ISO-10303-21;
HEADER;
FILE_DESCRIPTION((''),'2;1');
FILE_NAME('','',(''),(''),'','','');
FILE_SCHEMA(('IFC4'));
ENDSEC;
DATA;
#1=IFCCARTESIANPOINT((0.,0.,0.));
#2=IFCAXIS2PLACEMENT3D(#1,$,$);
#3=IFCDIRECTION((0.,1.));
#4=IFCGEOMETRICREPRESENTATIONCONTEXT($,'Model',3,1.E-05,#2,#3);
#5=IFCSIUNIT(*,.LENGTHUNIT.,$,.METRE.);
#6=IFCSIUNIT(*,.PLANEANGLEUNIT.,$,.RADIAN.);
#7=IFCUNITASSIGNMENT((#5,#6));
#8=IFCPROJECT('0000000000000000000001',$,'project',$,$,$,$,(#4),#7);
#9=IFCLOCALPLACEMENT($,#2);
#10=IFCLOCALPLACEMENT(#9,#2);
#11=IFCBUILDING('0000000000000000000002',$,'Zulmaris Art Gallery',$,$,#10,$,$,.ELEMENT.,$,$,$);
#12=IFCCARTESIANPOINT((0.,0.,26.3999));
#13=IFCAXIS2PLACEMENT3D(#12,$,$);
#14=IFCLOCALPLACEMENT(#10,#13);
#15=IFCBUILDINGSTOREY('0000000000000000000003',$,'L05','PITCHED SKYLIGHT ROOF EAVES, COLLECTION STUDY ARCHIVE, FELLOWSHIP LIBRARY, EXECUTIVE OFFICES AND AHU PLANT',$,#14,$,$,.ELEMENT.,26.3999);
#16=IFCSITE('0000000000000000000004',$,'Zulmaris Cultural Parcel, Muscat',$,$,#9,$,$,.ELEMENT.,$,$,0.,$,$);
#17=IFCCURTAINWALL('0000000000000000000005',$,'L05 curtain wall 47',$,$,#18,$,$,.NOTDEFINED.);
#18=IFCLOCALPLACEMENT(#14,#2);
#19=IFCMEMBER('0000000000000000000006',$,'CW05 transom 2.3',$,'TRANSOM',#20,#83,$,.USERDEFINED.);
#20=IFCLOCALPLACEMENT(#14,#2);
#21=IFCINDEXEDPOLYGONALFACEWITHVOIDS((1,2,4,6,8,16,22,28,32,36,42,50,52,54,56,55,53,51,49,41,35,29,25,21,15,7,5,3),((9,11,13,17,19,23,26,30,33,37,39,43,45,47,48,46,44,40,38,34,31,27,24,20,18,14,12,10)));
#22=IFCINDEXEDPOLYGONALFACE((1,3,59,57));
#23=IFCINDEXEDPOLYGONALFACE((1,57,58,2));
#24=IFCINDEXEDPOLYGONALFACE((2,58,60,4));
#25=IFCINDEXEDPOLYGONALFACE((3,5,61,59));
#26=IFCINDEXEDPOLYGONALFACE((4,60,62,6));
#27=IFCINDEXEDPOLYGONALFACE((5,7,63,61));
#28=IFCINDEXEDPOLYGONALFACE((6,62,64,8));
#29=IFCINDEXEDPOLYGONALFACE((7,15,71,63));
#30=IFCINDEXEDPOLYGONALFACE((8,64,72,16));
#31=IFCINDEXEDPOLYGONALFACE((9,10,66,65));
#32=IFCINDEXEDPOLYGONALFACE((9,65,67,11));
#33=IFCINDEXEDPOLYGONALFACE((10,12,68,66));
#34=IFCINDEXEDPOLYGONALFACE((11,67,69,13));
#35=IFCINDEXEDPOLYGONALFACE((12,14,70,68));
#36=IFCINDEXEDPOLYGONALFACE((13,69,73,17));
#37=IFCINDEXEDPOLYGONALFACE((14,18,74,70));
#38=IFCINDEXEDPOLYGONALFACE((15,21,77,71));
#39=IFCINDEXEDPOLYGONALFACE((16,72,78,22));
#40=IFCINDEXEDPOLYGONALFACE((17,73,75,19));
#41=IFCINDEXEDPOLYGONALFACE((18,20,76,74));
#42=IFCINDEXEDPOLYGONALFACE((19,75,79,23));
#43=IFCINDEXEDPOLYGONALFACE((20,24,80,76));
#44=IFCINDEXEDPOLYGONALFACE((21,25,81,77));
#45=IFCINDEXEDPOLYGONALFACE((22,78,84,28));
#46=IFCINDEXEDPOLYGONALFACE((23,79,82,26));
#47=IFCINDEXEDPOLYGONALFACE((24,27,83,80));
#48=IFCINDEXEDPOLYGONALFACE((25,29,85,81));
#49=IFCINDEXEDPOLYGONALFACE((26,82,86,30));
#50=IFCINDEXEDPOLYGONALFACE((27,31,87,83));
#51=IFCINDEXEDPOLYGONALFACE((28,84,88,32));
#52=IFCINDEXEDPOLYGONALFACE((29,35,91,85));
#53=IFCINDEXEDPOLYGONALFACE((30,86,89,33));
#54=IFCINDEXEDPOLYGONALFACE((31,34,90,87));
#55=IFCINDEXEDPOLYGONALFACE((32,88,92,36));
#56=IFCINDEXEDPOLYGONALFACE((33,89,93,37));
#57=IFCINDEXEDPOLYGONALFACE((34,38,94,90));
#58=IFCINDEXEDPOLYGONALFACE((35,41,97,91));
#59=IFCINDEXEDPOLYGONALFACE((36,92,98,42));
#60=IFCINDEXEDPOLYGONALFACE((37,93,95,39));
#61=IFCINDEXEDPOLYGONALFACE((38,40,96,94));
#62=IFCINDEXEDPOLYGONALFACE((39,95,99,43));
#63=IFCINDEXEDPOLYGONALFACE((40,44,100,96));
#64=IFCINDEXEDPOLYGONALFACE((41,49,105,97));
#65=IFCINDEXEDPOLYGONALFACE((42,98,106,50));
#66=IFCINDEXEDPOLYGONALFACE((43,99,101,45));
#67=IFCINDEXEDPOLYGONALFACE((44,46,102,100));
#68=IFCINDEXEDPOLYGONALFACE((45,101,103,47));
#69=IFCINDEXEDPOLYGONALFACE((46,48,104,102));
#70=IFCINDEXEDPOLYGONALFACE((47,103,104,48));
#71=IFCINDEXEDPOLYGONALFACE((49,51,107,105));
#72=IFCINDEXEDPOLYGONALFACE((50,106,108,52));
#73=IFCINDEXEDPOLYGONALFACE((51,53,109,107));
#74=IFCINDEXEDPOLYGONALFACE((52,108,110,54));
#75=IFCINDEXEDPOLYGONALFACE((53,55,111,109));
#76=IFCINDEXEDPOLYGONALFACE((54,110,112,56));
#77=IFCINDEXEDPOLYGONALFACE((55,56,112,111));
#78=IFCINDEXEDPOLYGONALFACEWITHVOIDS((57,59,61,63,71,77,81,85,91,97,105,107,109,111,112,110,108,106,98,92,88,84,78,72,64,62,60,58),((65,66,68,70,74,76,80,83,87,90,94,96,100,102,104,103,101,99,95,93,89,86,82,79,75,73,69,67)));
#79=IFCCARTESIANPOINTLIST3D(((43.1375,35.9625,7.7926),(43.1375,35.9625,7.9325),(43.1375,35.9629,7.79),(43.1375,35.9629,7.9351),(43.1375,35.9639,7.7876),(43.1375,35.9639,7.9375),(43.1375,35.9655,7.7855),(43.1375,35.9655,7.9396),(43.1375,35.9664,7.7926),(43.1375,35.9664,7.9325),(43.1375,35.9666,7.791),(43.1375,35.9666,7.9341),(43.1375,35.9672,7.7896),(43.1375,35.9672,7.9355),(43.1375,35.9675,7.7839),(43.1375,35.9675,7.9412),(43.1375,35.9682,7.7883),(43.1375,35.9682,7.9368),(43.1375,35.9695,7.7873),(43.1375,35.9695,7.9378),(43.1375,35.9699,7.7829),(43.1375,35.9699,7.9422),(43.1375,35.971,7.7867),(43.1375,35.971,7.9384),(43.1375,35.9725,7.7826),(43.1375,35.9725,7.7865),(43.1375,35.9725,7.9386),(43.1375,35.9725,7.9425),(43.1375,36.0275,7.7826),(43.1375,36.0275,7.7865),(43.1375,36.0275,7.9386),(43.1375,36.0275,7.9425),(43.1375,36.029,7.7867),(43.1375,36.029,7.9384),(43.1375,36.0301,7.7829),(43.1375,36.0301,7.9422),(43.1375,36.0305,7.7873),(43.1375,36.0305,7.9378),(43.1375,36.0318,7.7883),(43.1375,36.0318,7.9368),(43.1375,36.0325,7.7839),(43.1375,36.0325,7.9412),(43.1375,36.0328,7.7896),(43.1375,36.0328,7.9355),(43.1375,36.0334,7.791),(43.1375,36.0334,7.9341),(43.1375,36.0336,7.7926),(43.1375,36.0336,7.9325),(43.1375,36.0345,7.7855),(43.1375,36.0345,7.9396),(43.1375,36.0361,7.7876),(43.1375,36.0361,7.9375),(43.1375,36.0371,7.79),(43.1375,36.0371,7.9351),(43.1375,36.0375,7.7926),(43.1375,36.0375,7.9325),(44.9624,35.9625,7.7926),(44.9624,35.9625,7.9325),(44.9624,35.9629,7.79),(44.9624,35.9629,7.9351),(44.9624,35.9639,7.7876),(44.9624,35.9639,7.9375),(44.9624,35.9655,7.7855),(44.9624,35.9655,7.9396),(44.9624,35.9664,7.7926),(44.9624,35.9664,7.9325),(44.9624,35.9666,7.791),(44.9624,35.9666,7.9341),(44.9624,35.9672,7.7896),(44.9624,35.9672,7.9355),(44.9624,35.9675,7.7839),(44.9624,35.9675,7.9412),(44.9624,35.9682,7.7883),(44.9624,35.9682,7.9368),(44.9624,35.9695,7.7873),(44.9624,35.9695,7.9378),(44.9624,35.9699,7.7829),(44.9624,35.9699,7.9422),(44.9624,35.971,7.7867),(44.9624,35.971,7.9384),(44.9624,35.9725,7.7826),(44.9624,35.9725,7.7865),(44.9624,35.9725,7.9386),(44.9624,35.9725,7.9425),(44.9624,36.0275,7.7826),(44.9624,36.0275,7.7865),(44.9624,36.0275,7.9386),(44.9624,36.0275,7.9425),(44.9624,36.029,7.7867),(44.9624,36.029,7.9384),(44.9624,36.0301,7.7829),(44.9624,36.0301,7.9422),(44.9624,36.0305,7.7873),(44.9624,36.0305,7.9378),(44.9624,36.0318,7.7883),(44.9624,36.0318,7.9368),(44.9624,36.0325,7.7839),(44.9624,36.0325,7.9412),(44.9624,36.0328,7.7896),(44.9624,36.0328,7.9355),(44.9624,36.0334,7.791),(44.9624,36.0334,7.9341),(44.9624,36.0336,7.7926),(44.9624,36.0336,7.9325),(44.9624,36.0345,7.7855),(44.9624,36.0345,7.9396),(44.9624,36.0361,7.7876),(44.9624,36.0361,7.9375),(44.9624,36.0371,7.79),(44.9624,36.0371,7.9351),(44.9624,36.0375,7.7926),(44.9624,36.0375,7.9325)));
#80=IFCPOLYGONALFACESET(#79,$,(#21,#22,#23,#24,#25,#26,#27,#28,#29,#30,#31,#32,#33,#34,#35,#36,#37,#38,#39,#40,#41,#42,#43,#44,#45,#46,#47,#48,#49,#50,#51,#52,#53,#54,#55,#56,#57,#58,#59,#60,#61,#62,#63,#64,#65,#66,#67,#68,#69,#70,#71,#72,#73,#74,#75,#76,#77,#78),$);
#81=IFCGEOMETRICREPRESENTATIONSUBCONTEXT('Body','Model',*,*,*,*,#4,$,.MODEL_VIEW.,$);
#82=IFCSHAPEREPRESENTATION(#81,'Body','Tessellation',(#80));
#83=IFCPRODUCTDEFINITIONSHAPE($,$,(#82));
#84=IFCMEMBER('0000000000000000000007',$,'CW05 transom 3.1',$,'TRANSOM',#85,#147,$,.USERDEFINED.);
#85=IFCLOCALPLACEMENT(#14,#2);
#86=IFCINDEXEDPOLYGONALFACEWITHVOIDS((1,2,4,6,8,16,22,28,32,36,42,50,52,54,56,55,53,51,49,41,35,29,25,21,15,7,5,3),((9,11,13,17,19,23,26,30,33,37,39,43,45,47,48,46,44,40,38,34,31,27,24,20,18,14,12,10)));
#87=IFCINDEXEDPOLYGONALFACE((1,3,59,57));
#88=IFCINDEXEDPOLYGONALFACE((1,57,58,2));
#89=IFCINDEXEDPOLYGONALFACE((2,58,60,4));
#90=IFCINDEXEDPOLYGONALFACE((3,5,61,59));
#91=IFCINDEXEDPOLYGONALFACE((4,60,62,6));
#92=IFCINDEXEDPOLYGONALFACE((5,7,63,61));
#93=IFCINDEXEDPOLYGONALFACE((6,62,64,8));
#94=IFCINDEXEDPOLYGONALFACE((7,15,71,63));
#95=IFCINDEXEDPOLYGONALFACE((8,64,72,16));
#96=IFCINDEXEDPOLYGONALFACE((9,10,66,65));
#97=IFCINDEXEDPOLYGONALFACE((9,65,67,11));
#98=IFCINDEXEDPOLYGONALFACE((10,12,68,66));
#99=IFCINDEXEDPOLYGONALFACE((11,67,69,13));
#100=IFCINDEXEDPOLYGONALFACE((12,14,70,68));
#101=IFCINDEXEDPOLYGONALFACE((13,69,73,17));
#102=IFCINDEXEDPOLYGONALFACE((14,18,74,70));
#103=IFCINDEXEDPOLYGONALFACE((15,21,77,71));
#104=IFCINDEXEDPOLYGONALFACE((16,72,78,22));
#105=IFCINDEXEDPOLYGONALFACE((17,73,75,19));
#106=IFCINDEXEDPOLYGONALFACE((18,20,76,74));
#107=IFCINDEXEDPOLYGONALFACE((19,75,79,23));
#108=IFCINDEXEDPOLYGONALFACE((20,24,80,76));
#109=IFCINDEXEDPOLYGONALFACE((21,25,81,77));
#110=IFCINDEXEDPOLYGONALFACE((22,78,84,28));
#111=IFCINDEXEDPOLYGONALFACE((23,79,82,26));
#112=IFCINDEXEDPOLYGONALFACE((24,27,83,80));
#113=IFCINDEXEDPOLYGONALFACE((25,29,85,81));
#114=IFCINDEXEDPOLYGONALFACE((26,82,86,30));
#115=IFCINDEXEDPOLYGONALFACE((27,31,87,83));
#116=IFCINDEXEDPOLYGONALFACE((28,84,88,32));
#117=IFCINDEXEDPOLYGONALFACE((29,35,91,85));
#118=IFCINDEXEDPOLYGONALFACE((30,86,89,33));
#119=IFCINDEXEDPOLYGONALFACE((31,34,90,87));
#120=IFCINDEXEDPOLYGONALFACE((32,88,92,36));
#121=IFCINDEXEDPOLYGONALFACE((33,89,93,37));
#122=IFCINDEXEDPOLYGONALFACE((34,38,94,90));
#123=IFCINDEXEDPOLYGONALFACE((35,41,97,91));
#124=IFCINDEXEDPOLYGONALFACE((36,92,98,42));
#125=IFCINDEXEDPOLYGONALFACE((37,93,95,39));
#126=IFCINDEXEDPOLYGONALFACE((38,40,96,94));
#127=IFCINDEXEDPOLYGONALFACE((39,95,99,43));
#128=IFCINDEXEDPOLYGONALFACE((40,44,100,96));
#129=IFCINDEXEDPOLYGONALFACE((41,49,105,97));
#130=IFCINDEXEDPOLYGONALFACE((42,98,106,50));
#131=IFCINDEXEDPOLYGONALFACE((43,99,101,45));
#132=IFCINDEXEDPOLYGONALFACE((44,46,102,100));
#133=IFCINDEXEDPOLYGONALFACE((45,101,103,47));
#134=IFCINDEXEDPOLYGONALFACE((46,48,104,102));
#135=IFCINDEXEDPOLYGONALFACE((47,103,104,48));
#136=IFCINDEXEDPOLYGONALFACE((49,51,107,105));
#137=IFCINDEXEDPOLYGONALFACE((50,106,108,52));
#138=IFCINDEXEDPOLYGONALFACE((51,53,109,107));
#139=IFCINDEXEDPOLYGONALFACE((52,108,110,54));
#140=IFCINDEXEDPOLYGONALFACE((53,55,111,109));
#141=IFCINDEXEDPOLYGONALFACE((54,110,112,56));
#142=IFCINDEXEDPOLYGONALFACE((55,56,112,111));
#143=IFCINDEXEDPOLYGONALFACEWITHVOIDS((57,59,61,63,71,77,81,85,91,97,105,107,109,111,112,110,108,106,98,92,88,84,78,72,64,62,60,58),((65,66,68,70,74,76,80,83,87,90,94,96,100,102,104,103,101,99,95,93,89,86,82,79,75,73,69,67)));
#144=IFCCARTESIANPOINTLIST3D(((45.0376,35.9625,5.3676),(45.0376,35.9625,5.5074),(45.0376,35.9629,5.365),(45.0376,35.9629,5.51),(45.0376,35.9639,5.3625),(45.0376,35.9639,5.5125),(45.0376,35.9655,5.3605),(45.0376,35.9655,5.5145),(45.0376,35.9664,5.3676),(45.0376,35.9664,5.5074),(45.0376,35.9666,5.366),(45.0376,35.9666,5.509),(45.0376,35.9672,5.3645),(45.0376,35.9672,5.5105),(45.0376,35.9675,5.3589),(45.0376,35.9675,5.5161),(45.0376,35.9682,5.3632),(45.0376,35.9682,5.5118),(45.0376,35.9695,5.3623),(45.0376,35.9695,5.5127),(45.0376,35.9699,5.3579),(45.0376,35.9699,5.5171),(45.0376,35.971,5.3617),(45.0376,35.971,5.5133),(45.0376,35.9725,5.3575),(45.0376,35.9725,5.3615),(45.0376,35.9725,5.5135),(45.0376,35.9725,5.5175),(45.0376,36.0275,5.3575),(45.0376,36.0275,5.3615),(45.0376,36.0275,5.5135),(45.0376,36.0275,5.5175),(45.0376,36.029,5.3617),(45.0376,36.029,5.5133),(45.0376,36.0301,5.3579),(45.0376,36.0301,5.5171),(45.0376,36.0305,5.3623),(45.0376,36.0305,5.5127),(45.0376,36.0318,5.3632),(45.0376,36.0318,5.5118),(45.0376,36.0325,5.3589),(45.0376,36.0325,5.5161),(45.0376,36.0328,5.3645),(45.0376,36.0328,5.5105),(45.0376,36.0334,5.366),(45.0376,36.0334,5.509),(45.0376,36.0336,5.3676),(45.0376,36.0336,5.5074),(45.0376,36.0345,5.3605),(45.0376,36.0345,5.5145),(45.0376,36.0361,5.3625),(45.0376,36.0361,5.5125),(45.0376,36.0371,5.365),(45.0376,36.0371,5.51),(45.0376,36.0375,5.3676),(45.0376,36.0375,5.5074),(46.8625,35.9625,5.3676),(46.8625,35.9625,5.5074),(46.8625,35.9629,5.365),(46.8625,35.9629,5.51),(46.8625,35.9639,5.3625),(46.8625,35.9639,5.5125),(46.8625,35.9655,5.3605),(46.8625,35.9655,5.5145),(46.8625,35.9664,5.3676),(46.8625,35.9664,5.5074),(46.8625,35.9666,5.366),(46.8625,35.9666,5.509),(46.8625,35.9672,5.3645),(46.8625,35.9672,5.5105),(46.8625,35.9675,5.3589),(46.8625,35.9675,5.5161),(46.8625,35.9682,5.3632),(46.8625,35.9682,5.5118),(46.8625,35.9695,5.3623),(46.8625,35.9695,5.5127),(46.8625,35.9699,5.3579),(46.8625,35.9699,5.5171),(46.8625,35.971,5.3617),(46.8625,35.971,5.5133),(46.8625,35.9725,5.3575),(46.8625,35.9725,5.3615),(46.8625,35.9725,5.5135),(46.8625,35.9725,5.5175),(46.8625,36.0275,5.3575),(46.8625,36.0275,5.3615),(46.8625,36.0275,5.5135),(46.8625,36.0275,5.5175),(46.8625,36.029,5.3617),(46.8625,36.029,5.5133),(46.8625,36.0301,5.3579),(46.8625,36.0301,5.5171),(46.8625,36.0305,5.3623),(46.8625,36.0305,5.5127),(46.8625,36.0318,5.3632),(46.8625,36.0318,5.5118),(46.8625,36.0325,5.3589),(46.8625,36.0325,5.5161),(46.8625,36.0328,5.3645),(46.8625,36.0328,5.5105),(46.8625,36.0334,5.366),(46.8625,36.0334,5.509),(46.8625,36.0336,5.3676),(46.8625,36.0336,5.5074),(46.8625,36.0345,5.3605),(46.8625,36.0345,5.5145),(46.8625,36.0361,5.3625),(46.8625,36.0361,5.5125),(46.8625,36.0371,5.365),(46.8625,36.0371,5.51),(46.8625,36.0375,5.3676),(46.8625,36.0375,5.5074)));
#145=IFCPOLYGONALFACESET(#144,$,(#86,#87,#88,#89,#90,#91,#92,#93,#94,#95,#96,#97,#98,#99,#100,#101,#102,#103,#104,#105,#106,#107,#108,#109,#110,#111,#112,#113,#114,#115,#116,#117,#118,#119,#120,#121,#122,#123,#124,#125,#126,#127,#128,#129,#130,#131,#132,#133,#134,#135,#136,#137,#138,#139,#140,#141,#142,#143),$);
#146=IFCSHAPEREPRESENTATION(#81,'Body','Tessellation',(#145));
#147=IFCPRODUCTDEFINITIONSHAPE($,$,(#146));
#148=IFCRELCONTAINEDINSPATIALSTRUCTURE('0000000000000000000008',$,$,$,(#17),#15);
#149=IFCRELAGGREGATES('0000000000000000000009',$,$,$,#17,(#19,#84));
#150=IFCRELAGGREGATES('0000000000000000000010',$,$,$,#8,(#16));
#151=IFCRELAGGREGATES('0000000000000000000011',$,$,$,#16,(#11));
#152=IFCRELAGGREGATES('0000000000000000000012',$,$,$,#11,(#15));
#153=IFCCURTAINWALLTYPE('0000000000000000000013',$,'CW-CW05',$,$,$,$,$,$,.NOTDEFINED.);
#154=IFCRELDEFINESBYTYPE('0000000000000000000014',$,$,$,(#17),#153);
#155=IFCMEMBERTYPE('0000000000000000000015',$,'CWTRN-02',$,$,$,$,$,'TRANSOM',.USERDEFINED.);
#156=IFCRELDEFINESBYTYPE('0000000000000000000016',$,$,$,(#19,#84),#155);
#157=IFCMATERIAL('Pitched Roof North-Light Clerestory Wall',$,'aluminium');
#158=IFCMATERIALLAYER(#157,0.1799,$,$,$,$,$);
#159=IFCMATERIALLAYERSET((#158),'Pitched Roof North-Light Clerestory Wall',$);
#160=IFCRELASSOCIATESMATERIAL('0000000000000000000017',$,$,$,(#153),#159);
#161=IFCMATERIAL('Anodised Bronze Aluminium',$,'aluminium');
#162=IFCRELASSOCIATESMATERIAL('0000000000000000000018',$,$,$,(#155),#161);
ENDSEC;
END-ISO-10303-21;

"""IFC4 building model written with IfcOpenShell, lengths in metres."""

from ifc_helpers import new_model, si_unit, direction, frame, origin, origin_2d, place, context, subcontext, project, spatial, hollow_rectangle, extrude, material, layer, layer_set, material_profile, profile_set, type_object, element, aggregate, save


model = new_model("IFC4")

# Units and contexts
model_context = context("Model", 3, precision=1e-05, world=origin(), true_north=direction((0.0, 1.0)))
body_context = subcontext(model_context, "Body", "Model", "MODEL_VIEW")
ifc_project = project(units=[si_unit("LENGTHUNIT", "METRE"), si_unit("PLANEANGLEUNIT", "RADIAN")], contexts=[model_context])

# Site, building, storey
site_placement = place(None, origin())
site = spatial("IfcSite", under=ifc_project, at=site_placement, Name="Zulmaris Cultural Parcel, Muscat", CompositionType="ELEMENT", RefElevation=0.0)
building_placement = place(site_placement, origin())
building = spatial("IfcBuilding", under=site, at=building_placement, Name="Zulmaris Art Gallery", CompositionType="ELEMENT")
storey_placement = place(building_placement, frame((0.0, 0.0, 26.3999)))
storey = spatial("IfcBuildingStorey", under=building, at=storey_placement, Name="L05", Description="PITCHED SKYLIGHT ROOF EAVES, COLLECTION STUDY ARCHIVE, FELLOWSHIP LIBRARY, EXECUTIVE OFFICES AND AHU PLANT", CompositionType="ELEMENT", Elevation=26.3999)

# Curtain wall, members
ifc_material_1 = material(Name="Pitched Roof North-Light Clerestory Wall", Category="aluminium")
ifc_layer_1 = layer(ifc_material_1, 0.1799)
ifc_layer_set_1 = layer_set([ifc_layer_1], Name="Pitched Roof North-Light Clerestory Wall")
curtain_wall_type = type_object("IfcCurtainWallType", Name="CW-CW05", PredefinedType="NOTDEFINED", material=ifc_layer_set_1)
curtain_wall_placement = place(storey_placement, origin())
curtain_wall = element("IfcCurtainWall", 1, at=curtain_wall_placement, inside=storey, type_object=curtain_wall_type, Name="L05 curtain wall 47", PredefinedType="NOTDEFINED")
ifc_material_2 = material(Name="Anodised Bronze Aluminium", Category="aluminium")
ifc_material_profile_1 = material_profile(ifc_material_2, hollow_rectangle(XDim=0.075, YDim=0.1599, WallThickness=0.0039, InnerFilletRadius=0.0061, OuterFilletRadius=0.01, at=origin_2d()), Name="ALU 75x160x4")
ifc_profile_set_1 = profile_set([ifc_material_profile_1], Name="Anodised Bronze Aluminium")
member_type_1 = type_object("IfcMemberType", Name="CWTRN-02", ElementType="TRANSOM", PredefinedType="USERDEFINED", material=ifc_profile_set_1)
member_1_placement = place(storey_placement, frame((43.1375, 36.0, 7.8625), z_axis=(1.0, 0.0, 0.0), x_axis=(0.0, 1.0, 0.0)))
member_1 = element("IfcMember", 2, at=member_1_placement, type_object=member_type_1, Name="CW05 transom 2.3", ObjectType="TRANSOM", PredefinedType="USERDEFINED", context=body_context, shape_type="SweptSolid", body=[
    extrude(hollow_rectangle(XDim=0.075, YDim=0.1599, WallThickness=0.0039, InnerFilletRadius=0.0061, OuterFilletRadius=0.01, at=origin_2d()), origin(), (0.0, 0.0, 1.0), 1.825),
])
member_2_placement = place(storey_placement, frame((45.0376, 36.0, 5.4375), z_axis=(1.0, 0.0, 0.0), x_axis=(0.0, 1.0, 0.0)))
member_2 = element("IfcMember", 3, at=member_2_placement, type_object=member_type_1, Name="CW05 transom 3.1", ObjectType="TRANSOM", PredefinedType="USERDEFINED", context=body_context, shape_type="SweptSolid", body=[
    extrude(hollow_rectangle(XDim=0.075, YDim=0.1599, WallThickness=0.0039, InnerFilletRadius=0.0061, OuterFilletRadius=0.01, at=origin_2d()), origin(), (0.0, 0.0, 1.0), 1.825),
])

aggregate(curtain_wall, [member_1, member_2])

save(model, "model.ifc")
